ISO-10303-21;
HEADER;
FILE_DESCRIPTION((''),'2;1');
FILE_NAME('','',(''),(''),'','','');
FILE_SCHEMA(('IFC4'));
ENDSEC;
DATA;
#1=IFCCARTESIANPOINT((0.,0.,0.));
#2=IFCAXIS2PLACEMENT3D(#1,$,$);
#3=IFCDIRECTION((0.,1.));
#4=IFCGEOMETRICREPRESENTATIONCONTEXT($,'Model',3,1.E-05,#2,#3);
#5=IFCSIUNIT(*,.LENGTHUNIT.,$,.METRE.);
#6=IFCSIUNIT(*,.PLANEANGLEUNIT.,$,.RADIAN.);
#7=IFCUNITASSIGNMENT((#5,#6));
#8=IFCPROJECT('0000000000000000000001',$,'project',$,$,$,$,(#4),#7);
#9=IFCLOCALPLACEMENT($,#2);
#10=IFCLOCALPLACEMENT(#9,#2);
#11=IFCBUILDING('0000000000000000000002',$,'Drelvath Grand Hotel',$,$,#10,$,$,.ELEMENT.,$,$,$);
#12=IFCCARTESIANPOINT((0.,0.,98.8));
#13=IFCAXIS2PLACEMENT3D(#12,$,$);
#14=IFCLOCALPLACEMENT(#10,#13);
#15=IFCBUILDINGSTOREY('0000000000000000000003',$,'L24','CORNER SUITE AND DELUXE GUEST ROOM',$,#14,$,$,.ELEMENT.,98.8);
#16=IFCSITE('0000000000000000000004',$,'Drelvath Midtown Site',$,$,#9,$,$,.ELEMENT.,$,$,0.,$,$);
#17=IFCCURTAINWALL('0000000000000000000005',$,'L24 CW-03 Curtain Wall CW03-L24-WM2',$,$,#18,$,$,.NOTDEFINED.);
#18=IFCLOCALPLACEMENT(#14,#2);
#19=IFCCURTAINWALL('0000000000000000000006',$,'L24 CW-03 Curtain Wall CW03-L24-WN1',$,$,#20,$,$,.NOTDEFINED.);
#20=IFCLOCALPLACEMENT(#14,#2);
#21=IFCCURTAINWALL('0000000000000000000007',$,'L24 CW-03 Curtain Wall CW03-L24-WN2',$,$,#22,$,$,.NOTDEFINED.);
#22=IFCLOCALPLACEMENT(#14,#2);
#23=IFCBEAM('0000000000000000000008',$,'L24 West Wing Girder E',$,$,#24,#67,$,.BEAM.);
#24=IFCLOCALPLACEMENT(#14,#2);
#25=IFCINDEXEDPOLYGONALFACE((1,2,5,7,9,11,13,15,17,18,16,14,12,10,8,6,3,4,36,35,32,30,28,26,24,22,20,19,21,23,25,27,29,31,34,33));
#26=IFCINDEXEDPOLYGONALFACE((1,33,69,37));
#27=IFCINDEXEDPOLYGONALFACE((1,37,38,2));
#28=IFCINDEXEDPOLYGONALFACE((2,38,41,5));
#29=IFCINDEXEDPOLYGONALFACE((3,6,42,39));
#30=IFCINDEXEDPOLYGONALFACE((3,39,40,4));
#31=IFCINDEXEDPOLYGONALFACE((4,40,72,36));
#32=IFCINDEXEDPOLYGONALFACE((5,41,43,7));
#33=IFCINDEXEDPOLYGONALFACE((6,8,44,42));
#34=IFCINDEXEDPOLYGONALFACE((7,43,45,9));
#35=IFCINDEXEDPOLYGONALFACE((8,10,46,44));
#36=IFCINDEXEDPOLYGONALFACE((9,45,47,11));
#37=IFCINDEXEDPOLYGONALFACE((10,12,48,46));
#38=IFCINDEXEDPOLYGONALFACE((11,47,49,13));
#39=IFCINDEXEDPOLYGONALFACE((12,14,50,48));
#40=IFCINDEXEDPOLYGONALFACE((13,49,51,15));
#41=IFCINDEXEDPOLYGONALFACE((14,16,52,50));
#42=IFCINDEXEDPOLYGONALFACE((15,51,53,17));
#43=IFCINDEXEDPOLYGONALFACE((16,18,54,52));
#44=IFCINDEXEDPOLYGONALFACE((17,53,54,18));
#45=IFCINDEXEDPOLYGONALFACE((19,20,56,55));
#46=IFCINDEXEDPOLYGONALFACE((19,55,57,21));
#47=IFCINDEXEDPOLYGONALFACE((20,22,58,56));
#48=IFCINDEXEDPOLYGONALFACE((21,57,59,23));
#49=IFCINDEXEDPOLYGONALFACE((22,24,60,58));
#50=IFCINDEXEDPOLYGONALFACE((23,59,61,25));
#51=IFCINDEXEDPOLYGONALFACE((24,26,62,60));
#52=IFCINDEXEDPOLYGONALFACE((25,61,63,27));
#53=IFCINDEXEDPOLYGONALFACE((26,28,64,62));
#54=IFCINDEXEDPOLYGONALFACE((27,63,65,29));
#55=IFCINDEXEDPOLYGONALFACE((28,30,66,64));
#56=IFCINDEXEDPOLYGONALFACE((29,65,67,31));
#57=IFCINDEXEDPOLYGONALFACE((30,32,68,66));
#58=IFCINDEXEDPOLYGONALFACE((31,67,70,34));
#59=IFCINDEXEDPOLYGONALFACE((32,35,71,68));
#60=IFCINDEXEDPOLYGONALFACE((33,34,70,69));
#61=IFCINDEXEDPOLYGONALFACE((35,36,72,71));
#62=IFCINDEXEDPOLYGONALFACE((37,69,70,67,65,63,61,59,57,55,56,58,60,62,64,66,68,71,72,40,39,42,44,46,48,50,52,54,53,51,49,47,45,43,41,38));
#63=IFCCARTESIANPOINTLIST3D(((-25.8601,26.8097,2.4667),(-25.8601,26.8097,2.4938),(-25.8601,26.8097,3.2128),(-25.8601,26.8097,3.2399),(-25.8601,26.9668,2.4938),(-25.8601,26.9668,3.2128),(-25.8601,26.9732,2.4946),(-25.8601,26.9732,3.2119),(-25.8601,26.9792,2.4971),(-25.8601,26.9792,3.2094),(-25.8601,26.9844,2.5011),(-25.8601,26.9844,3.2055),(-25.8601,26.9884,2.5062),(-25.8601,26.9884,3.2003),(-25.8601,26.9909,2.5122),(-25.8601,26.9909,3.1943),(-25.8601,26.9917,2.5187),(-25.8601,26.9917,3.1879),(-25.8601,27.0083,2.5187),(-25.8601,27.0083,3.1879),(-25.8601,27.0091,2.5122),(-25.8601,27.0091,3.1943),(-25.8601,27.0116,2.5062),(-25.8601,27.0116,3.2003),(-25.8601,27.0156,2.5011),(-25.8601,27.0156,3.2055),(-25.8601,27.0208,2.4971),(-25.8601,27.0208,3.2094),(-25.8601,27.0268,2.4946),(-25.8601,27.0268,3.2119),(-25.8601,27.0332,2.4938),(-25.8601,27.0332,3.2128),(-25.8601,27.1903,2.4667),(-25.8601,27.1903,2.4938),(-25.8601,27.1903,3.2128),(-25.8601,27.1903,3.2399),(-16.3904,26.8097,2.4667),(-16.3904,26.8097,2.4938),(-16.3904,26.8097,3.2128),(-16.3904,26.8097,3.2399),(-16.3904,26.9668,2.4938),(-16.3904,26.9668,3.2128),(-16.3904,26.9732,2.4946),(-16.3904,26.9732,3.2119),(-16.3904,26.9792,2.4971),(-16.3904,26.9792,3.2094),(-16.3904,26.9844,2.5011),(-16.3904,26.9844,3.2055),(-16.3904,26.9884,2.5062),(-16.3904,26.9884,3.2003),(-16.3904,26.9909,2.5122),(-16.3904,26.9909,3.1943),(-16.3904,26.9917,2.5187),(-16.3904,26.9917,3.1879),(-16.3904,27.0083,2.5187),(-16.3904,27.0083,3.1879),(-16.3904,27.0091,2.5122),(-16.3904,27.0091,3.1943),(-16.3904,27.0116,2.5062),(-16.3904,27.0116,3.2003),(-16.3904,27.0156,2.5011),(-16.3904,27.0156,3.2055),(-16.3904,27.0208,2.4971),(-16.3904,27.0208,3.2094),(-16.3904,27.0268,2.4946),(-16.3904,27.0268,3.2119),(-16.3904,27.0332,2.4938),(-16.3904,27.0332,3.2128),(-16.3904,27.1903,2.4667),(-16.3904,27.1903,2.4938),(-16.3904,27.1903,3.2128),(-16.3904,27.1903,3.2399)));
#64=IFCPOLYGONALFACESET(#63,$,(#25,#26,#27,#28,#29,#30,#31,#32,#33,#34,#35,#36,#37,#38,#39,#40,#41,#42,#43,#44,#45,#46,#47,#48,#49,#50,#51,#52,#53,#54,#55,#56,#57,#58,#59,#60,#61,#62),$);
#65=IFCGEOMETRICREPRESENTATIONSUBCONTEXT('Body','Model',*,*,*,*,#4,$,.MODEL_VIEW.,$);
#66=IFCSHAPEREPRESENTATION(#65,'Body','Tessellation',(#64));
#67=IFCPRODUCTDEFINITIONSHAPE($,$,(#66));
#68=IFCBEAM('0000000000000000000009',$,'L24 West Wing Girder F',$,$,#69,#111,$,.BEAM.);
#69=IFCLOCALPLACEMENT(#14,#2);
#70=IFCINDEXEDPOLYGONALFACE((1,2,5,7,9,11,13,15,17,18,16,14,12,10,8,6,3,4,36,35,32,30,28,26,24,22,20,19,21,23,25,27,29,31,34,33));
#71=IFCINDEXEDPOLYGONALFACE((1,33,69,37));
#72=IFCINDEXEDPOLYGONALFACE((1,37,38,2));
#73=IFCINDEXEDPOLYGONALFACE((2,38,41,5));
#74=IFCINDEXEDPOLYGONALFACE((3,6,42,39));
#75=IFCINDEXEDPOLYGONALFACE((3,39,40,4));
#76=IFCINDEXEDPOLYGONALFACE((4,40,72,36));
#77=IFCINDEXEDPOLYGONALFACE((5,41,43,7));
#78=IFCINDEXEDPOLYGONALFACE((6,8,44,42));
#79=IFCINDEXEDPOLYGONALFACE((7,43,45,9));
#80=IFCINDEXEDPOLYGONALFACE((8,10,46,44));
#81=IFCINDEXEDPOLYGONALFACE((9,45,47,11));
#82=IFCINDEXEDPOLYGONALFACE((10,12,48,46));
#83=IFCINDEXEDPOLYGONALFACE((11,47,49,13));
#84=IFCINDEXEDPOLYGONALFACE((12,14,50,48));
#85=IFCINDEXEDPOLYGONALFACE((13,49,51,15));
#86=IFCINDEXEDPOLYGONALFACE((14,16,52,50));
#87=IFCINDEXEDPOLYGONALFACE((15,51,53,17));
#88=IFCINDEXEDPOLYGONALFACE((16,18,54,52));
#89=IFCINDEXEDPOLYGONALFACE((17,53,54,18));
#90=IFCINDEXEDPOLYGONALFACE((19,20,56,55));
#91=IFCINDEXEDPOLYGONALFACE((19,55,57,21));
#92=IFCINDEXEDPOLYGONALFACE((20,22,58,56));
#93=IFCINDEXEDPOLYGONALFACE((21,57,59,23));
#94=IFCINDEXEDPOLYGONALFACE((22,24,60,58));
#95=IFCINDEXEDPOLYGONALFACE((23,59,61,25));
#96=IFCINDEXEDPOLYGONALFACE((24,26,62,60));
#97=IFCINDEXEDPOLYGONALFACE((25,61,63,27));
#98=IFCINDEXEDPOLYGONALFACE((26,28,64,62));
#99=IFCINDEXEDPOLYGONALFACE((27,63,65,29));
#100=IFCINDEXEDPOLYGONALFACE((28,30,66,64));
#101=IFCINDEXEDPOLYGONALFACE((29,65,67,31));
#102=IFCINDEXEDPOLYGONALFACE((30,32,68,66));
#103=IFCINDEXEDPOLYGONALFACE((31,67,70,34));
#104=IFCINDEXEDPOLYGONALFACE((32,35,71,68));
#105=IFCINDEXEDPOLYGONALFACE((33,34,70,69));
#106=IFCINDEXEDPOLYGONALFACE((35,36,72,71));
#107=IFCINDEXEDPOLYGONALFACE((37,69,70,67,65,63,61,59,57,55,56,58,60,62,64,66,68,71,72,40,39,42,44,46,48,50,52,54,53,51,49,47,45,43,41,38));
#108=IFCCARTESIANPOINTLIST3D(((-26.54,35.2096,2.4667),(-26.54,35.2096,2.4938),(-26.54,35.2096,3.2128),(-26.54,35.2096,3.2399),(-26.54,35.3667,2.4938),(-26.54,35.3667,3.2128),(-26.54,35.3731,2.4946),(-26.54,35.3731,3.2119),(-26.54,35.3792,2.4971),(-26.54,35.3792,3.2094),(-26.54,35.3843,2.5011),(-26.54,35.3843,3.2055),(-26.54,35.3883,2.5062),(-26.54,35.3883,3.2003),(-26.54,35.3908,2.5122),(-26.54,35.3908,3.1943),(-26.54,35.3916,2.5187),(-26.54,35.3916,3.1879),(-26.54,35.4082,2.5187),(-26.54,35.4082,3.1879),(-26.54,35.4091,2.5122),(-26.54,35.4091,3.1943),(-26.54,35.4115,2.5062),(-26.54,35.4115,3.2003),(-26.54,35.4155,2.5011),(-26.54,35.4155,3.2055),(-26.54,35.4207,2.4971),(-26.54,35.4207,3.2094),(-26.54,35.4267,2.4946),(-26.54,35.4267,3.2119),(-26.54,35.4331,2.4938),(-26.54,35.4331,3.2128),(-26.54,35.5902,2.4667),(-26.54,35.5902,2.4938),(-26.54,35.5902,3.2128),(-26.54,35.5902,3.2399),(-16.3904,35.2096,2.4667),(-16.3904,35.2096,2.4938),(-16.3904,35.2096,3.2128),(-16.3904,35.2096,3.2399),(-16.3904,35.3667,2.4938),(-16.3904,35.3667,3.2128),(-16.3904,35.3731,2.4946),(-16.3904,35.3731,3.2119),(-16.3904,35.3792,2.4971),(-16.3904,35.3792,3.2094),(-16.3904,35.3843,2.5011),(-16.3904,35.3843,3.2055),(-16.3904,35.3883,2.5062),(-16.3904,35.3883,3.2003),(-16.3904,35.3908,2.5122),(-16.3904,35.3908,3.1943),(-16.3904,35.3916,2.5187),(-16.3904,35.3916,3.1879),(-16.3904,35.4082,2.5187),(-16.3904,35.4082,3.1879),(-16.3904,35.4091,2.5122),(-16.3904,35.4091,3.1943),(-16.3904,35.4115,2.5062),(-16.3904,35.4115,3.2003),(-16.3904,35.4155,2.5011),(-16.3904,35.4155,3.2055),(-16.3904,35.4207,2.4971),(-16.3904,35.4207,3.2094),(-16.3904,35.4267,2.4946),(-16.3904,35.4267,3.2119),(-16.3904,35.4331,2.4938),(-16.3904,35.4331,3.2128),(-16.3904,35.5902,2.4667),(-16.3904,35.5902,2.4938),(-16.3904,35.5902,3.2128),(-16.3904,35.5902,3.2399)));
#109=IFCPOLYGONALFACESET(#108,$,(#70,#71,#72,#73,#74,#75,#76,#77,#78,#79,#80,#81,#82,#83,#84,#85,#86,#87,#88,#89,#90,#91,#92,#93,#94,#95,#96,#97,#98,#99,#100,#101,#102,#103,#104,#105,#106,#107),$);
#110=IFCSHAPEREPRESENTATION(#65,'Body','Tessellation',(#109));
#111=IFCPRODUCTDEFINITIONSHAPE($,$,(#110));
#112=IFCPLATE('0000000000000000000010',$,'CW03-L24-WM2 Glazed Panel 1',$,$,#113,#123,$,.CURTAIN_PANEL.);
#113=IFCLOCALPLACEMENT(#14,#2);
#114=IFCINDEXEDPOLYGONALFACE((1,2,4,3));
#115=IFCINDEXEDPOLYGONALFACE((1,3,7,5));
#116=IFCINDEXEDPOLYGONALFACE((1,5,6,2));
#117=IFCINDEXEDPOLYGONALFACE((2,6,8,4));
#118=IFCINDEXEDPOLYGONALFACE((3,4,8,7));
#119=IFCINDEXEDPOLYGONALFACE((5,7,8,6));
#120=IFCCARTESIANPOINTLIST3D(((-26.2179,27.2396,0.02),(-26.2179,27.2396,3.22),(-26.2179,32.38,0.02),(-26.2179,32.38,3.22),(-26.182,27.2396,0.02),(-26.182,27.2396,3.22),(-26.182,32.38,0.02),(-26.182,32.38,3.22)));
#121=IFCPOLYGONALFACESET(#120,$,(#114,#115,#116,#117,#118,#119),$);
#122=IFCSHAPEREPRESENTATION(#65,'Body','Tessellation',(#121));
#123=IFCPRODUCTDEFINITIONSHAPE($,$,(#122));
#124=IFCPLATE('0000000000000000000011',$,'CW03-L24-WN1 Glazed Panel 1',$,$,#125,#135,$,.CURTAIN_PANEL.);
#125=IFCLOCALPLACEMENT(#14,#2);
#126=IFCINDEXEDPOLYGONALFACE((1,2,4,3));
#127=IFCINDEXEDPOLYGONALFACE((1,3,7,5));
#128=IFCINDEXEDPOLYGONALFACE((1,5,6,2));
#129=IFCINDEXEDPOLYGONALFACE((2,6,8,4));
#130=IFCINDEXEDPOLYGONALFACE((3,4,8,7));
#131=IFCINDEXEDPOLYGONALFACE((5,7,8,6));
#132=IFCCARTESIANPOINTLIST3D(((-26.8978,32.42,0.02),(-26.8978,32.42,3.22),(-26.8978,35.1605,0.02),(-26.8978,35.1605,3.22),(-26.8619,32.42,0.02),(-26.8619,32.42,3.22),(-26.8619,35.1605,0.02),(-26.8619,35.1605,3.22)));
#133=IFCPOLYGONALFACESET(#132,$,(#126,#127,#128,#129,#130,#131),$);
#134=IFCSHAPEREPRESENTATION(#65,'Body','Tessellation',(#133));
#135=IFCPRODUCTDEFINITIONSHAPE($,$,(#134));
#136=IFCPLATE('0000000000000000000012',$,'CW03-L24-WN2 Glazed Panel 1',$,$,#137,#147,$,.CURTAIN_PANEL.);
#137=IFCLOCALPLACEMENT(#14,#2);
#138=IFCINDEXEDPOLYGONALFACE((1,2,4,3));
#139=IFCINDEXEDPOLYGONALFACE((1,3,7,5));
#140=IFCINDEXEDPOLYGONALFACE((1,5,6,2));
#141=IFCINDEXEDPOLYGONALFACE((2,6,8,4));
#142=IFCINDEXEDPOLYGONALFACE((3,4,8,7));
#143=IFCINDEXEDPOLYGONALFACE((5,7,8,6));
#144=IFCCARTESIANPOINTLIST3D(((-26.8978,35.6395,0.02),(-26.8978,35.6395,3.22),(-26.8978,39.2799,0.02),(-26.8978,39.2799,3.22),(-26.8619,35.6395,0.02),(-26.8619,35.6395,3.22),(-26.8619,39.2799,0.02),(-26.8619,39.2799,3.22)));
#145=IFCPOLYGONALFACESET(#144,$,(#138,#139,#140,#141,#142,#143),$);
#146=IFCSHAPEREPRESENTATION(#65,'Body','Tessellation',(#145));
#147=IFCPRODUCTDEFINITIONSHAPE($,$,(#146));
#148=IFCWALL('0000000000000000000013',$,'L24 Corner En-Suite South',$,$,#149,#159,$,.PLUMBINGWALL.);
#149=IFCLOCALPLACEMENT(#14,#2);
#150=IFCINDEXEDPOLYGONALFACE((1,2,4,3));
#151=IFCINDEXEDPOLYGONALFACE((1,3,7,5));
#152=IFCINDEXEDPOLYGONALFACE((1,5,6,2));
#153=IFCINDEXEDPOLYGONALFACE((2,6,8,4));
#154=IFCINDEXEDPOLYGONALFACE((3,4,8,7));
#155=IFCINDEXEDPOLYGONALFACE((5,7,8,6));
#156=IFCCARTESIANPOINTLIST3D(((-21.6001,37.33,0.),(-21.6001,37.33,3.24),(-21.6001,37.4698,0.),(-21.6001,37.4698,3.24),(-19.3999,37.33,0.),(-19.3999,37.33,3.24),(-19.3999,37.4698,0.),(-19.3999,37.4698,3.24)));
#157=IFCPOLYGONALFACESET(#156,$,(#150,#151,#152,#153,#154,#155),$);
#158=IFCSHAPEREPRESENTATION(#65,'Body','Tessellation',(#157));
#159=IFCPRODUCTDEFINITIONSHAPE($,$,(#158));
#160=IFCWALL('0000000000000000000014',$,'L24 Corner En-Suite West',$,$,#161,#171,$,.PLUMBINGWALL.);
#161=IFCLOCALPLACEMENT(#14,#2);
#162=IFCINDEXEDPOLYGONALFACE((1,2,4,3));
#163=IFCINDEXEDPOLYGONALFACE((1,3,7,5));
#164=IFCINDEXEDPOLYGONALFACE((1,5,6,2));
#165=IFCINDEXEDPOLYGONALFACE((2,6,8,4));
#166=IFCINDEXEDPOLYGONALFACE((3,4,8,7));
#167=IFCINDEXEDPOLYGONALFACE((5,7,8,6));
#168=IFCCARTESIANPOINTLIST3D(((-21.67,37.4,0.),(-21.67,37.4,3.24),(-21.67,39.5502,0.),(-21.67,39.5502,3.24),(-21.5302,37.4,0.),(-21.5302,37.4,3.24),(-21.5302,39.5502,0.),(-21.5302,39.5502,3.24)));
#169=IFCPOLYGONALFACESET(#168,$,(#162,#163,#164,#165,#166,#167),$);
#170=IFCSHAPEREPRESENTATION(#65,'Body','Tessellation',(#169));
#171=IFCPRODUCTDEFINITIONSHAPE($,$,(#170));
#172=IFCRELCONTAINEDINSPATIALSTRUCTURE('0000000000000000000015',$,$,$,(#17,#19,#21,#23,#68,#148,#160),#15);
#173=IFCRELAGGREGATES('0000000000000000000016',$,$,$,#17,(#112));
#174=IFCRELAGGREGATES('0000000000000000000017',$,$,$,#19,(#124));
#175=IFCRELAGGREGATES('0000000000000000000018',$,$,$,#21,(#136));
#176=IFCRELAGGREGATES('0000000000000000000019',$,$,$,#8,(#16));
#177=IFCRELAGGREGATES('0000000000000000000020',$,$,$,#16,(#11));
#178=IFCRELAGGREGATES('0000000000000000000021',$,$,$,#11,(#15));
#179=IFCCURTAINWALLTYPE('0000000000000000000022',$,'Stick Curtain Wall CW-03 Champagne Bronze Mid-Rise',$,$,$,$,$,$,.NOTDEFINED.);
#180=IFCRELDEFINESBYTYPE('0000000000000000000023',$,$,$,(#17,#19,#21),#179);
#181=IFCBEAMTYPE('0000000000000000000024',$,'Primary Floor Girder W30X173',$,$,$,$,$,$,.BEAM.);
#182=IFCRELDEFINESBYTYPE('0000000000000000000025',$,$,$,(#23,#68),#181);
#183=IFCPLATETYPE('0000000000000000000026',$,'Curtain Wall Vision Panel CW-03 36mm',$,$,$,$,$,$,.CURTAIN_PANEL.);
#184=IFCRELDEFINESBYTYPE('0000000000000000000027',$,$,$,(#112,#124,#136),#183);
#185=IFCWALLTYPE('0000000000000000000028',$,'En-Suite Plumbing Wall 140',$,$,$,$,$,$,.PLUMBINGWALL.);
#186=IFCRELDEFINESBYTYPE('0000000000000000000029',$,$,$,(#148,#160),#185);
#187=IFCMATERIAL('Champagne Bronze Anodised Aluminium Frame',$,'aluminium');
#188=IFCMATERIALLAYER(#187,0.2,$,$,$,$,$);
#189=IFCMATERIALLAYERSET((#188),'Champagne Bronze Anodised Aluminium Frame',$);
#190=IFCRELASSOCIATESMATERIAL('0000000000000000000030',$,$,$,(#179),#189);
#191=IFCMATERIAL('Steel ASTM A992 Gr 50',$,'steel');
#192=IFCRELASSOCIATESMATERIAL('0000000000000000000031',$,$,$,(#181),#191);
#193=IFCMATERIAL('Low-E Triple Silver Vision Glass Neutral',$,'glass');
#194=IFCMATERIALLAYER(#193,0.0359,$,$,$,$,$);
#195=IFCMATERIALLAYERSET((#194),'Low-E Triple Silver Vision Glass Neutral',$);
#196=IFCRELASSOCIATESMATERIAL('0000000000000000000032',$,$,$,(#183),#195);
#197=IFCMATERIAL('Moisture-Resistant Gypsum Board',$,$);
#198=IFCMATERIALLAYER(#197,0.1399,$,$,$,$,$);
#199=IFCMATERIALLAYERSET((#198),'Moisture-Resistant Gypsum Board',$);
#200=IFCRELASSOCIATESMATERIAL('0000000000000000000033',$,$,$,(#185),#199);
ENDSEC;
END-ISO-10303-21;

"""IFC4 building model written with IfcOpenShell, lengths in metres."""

from ifc_helpers import new_model, si_unit, direction, frame, frame_2d, origin, origin_2d, place, context, subcontext, project, spatial, rectangle, i_section, extrude, material, layer, layer_set, material_profile, profile_set, type_object, element, aggregate, save


model = new_model("IFC4")

# Units and contexts
model_context = context("Model", 3, precision=1e-05, world=origin(), true_north=direction((0.0, 1.0)))
body_context = subcontext(model_context, "Body", "Model", "MODEL_VIEW")
ifc_project = project(units=[si_unit("LENGTHUNIT", "METRE"), si_unit("PLANEANGLEUNIT", "RADIAN")], contexts=[model_context])

# Site, building, storey
site_placement = place(None, origin())
site = spatial("IfcSite", under=ifc_project, at=site_placement, Name="Drelvath Midtown Site", CompositionType="ELEMENT", RefElevation=0.0)
building_placement = place(site_placement, origin())
building = spatial("IfcBuilding", under=site, at=building_placement, Name="Drelvath Grand Hotel", CompositionType="ELEMENT")
storey_placement = place(building_placement, frame((0.0, 0.0, 98.8)))
storey = spatial("IfcBuildingStorey", under=building, at=storey_placement, Name="L24", Description="CORNER SUITE AND DELUXE GUEST ROOM", CompositionType="ELEMENT", Elevation=98.8)

# Curtain walls
ifc_material_1 = material(Name="Champagne Bronze Anodised Aluminium Frame", Category="aluminium")
ifc_layer_1 = layer(ifc_material_1, 0.2)
ifc_layer_set_1 = layer_set([ifc_layer_1], Name="Champagne Bronze Anodised Aluminium Frame")
curtain_wall_type = type_object("IfcCurtainWallType", Name="Stick Curtain Wall CW-03 Champagne Bronze Mid-Rise", PredefinedType="NOTDEFINED", material=ifc_layer_set_1)
curtain_wall_1_placement = place(storey_placement, origin())
curtain_wall_1 = element("IfcCurtainWall", 1, at=curtain_wall_1_placement, inside=storey, type_object=curtain_wall_type, Name="L24 CW-03 Curtain Wall CW03-L24-WM2", PredefinedType="NOTDEFINED")
curtain_wall_2_placement = place(storey_placement, origin())
curtain_wall_2 = element("IfcCurtainWall", 2, at=curtain_wall_2_placement, inside=storey, type_object=curtain_wall_type, Name="L24 CW-03 Curtain Wall CW03-L24-WN1", PredefinedType="NOTDEFINED")
curtain_wall_3_placement = place(storey_placement, origin())
curtain_wall_3 = element("IfcCurtainWall", 3, at=curtain_wall_3_placement, inside=storey, type_object=curtain_wall_type, Name="L24 CW-03 Curtain Wall CW03-L24-WN2", PredefinedType="NOTDEFINED")

# Beams
ifc_material_2 = material(Name="Steel ASTM A992 Gr 50", Category="steel")
ifc_material_profile_1 = material_profile(ifc_material_2, i_section(OverallWidth=0.3806, OverallDepth=0.7732, WebThickness=0.0166, FlangeThickness=0.0271, FilletRadius=0.0249, at=origin_2d()), Name="W30X173")
ifc_profile_set_1 = profile_set([ifc_material_profile_1], Name="Steel ASTM A992 Gr 50")
beam_type_1 = type_object("IfcBeamType", Name="Primary Floor Girder W30X173", PredefinedType="BEAM", material=ifc_profile_set_1)
beam_1_placement = place(storey_placement, frame((-25.8601, 27.0, 2.8533), z_axis=(1.0, 0.0, 0.0), x_axis=(0.0, 1.0, 0.0)))
element("IfcBeam", 4, at=beam_1_placement, inside=storey, type_object=beam_type_1, Name="L24 West Wing Girder E", PredefinedType="BEAM", context=body_context, shape_type="SweptSolid", body=[
    extrude(i_section(OverallWidth=0.3806, OverallDepth=0.7732, WebThickness=0.0166, FlangeThickness=0.0271, FilletRadius=0.0249, at=origin_2d()), origin(), (0.0, 0.0, 1.0), 9.4697),
])
beam_2_placement = place(storey_placement, frame((-26.54, 35.3999, 2.8533), z_axis=(1.0, 0.0, 0.0), x_axis=(0.0, 1.0, 0.0)))
element("IfcBeam", 5, at=beam_2_placement, inside=storey, type_object=beam_type_1, Name="L24 West Wing Girder F", PredefinedType="BEAM", context=body_context, shape_type="SweptSolid", body=[
    extrude(i_section(OverallWidth=0.3806, OverallDepth=0.7732, WebThickness=0.0166, FlangeThickness=0.0271, FilletRadius=0.0249, at=origin_2d()), origin(), (0.0, 0.0, 1.0), 10.1497),
])

# Plates
ifc_material_3 = material(Name="Low-E Triple Silver Vision Glass Neutral", Category="glass")
ifc_layer_2 = layer(ifc_material_3, 0.0359)
ifc_layer_set_2 = layer_set([ifc_layer_2], Name="Low-E Triple Silver Vision Glass Neutral")
plate_type = type_object("IfcPlateType", Name="Curtain Wall Vision Panel CW-03 36mm", PredefinedType="CURTAIN_PANEL", material=ifc_layer_set_2)
plate_1_placement = place(storey_placement, frame((-26.2, 29.8098, 0.02), z_axis=(0.0, 0.0, 1.0), x_axis=(0.0, 1.0, 0.0)))
plate_1 = element("IfcPlate", 6, at=plate_1_placement, type_object=plate_type, Name="CW03-L24-WM2 Glazed Panel 1", PredefinedType="CURTAIN_PANEL", context=body_context, shape_type="SweptSolid", body=[
    extrude(rectangle(XDim=5.1404, YDim=0.0359, at=origin_2d()), origin(), (0.0, 0.0, 1.0), 3.2),
])
aggregate(curtain_wall_1, [plate_1])
plate_2_placement = place(storey_placement, frame((-26.8799, 33.7903, 0.02), z_axis=(0.0, 0.0, 1.0), x_axis=(0.0, 1.0, 0.0)))
plate_2 = element("IfcPlate", 7, at=plate_2_placement, type_object=plate_type, Name="CW03-L24-WN1 Glazed Panel 1", PredefinedType="CURTAIN_PANEL", context=body_context, shape_type="SweptSolid", body=[
    extrude(rectangle(XDim=2.7405, YDim=0.0359, at=origin_2d()), origin(), (0.0, 0.0, 1.0), 3.2),
])
aggregate(curtain_wall_2, [plate_2])
plate_3_placement = place(storey_placement, frame((-26.8799, 37.4597, 0.02), z_axis=(0.0, 0.0, 1.0), x_axis=(0.0, 1.0, 0.0)))
plate_3 = element("IfcPlate", 8, at=plate_3_placement, type_object=plate_type, Name="CW03-L24-WN2 Glazed Panel 1", PredefinedType="CURTAIN_PANEL", context=body_context, shape_type="SweptSolid", body=[
    extrude(rectangle(XDim=3.6404, YDim=0.0359, at=origin_2d()), origin(), (0.0, 0.0, 1.0), 3.2),
])
aggregate(curtain_wall_3, [plate_3])

# Walls
ifc_material_4 = material(Name="Moisture-Resistant Gypsum Board")
ifc_layer_3 = layer(ifc_material_4, 0.1399)
ifc_layer_set_3 = layer_set([ifc_layer_3], Name="Moisture-Resistant Gypsum Board")
wall_type_1 = type_object("IfcWallType", Name="En-Suite Plumbing Wall 140", PredefinedType="PLUMBINGWALL", material=ifc_layer_set_3)
wall_1_placement = place(storey_placement, frame((-21.6001, 37.3999, 0.0), z_axis=(0.0, 0.0, 1.0), x_axis=(1.0, 0.0, 0.0)))
element("IfcWall", 9, at=wall_1_placement, inside=storey, type_object=wall_type_1, Name="L24 Corner En-Suite South", PredefinedType="PLUMBINGWALL", context=body_context, shape_type="SweptSolid", body=[
    extrude(rectangle(XDim=2.2002, YDim=0.1399, at=frame_2d((1.1001, 0.0))), origin(), (0.0, 0.0, 1.0), 3.24),
])
wall_2_placement = place(storey_placement, frame((-21.6001, 37.3999, 0.0), z_axis=(0.0, 0.0, 1.0), x_axis=(0.0, 1.0, 0.0)))
element("IfcWall", 10, at=wall_2_placement, inside=storey, type_object=wall_type_1, Name="L24 Corner En-Suite West", PredefinedType="PLUMBINGWALL", context=body_context, shape_type="SweptSolid", body=[
    extrude(rectangle(XDim=2.1501, YDim=0.1399, at=frame_2d((1.0752, 0.0))), origin(), (0.0, 0.0, 1.0), 3.24),
])

save(model, "model.ifc")
